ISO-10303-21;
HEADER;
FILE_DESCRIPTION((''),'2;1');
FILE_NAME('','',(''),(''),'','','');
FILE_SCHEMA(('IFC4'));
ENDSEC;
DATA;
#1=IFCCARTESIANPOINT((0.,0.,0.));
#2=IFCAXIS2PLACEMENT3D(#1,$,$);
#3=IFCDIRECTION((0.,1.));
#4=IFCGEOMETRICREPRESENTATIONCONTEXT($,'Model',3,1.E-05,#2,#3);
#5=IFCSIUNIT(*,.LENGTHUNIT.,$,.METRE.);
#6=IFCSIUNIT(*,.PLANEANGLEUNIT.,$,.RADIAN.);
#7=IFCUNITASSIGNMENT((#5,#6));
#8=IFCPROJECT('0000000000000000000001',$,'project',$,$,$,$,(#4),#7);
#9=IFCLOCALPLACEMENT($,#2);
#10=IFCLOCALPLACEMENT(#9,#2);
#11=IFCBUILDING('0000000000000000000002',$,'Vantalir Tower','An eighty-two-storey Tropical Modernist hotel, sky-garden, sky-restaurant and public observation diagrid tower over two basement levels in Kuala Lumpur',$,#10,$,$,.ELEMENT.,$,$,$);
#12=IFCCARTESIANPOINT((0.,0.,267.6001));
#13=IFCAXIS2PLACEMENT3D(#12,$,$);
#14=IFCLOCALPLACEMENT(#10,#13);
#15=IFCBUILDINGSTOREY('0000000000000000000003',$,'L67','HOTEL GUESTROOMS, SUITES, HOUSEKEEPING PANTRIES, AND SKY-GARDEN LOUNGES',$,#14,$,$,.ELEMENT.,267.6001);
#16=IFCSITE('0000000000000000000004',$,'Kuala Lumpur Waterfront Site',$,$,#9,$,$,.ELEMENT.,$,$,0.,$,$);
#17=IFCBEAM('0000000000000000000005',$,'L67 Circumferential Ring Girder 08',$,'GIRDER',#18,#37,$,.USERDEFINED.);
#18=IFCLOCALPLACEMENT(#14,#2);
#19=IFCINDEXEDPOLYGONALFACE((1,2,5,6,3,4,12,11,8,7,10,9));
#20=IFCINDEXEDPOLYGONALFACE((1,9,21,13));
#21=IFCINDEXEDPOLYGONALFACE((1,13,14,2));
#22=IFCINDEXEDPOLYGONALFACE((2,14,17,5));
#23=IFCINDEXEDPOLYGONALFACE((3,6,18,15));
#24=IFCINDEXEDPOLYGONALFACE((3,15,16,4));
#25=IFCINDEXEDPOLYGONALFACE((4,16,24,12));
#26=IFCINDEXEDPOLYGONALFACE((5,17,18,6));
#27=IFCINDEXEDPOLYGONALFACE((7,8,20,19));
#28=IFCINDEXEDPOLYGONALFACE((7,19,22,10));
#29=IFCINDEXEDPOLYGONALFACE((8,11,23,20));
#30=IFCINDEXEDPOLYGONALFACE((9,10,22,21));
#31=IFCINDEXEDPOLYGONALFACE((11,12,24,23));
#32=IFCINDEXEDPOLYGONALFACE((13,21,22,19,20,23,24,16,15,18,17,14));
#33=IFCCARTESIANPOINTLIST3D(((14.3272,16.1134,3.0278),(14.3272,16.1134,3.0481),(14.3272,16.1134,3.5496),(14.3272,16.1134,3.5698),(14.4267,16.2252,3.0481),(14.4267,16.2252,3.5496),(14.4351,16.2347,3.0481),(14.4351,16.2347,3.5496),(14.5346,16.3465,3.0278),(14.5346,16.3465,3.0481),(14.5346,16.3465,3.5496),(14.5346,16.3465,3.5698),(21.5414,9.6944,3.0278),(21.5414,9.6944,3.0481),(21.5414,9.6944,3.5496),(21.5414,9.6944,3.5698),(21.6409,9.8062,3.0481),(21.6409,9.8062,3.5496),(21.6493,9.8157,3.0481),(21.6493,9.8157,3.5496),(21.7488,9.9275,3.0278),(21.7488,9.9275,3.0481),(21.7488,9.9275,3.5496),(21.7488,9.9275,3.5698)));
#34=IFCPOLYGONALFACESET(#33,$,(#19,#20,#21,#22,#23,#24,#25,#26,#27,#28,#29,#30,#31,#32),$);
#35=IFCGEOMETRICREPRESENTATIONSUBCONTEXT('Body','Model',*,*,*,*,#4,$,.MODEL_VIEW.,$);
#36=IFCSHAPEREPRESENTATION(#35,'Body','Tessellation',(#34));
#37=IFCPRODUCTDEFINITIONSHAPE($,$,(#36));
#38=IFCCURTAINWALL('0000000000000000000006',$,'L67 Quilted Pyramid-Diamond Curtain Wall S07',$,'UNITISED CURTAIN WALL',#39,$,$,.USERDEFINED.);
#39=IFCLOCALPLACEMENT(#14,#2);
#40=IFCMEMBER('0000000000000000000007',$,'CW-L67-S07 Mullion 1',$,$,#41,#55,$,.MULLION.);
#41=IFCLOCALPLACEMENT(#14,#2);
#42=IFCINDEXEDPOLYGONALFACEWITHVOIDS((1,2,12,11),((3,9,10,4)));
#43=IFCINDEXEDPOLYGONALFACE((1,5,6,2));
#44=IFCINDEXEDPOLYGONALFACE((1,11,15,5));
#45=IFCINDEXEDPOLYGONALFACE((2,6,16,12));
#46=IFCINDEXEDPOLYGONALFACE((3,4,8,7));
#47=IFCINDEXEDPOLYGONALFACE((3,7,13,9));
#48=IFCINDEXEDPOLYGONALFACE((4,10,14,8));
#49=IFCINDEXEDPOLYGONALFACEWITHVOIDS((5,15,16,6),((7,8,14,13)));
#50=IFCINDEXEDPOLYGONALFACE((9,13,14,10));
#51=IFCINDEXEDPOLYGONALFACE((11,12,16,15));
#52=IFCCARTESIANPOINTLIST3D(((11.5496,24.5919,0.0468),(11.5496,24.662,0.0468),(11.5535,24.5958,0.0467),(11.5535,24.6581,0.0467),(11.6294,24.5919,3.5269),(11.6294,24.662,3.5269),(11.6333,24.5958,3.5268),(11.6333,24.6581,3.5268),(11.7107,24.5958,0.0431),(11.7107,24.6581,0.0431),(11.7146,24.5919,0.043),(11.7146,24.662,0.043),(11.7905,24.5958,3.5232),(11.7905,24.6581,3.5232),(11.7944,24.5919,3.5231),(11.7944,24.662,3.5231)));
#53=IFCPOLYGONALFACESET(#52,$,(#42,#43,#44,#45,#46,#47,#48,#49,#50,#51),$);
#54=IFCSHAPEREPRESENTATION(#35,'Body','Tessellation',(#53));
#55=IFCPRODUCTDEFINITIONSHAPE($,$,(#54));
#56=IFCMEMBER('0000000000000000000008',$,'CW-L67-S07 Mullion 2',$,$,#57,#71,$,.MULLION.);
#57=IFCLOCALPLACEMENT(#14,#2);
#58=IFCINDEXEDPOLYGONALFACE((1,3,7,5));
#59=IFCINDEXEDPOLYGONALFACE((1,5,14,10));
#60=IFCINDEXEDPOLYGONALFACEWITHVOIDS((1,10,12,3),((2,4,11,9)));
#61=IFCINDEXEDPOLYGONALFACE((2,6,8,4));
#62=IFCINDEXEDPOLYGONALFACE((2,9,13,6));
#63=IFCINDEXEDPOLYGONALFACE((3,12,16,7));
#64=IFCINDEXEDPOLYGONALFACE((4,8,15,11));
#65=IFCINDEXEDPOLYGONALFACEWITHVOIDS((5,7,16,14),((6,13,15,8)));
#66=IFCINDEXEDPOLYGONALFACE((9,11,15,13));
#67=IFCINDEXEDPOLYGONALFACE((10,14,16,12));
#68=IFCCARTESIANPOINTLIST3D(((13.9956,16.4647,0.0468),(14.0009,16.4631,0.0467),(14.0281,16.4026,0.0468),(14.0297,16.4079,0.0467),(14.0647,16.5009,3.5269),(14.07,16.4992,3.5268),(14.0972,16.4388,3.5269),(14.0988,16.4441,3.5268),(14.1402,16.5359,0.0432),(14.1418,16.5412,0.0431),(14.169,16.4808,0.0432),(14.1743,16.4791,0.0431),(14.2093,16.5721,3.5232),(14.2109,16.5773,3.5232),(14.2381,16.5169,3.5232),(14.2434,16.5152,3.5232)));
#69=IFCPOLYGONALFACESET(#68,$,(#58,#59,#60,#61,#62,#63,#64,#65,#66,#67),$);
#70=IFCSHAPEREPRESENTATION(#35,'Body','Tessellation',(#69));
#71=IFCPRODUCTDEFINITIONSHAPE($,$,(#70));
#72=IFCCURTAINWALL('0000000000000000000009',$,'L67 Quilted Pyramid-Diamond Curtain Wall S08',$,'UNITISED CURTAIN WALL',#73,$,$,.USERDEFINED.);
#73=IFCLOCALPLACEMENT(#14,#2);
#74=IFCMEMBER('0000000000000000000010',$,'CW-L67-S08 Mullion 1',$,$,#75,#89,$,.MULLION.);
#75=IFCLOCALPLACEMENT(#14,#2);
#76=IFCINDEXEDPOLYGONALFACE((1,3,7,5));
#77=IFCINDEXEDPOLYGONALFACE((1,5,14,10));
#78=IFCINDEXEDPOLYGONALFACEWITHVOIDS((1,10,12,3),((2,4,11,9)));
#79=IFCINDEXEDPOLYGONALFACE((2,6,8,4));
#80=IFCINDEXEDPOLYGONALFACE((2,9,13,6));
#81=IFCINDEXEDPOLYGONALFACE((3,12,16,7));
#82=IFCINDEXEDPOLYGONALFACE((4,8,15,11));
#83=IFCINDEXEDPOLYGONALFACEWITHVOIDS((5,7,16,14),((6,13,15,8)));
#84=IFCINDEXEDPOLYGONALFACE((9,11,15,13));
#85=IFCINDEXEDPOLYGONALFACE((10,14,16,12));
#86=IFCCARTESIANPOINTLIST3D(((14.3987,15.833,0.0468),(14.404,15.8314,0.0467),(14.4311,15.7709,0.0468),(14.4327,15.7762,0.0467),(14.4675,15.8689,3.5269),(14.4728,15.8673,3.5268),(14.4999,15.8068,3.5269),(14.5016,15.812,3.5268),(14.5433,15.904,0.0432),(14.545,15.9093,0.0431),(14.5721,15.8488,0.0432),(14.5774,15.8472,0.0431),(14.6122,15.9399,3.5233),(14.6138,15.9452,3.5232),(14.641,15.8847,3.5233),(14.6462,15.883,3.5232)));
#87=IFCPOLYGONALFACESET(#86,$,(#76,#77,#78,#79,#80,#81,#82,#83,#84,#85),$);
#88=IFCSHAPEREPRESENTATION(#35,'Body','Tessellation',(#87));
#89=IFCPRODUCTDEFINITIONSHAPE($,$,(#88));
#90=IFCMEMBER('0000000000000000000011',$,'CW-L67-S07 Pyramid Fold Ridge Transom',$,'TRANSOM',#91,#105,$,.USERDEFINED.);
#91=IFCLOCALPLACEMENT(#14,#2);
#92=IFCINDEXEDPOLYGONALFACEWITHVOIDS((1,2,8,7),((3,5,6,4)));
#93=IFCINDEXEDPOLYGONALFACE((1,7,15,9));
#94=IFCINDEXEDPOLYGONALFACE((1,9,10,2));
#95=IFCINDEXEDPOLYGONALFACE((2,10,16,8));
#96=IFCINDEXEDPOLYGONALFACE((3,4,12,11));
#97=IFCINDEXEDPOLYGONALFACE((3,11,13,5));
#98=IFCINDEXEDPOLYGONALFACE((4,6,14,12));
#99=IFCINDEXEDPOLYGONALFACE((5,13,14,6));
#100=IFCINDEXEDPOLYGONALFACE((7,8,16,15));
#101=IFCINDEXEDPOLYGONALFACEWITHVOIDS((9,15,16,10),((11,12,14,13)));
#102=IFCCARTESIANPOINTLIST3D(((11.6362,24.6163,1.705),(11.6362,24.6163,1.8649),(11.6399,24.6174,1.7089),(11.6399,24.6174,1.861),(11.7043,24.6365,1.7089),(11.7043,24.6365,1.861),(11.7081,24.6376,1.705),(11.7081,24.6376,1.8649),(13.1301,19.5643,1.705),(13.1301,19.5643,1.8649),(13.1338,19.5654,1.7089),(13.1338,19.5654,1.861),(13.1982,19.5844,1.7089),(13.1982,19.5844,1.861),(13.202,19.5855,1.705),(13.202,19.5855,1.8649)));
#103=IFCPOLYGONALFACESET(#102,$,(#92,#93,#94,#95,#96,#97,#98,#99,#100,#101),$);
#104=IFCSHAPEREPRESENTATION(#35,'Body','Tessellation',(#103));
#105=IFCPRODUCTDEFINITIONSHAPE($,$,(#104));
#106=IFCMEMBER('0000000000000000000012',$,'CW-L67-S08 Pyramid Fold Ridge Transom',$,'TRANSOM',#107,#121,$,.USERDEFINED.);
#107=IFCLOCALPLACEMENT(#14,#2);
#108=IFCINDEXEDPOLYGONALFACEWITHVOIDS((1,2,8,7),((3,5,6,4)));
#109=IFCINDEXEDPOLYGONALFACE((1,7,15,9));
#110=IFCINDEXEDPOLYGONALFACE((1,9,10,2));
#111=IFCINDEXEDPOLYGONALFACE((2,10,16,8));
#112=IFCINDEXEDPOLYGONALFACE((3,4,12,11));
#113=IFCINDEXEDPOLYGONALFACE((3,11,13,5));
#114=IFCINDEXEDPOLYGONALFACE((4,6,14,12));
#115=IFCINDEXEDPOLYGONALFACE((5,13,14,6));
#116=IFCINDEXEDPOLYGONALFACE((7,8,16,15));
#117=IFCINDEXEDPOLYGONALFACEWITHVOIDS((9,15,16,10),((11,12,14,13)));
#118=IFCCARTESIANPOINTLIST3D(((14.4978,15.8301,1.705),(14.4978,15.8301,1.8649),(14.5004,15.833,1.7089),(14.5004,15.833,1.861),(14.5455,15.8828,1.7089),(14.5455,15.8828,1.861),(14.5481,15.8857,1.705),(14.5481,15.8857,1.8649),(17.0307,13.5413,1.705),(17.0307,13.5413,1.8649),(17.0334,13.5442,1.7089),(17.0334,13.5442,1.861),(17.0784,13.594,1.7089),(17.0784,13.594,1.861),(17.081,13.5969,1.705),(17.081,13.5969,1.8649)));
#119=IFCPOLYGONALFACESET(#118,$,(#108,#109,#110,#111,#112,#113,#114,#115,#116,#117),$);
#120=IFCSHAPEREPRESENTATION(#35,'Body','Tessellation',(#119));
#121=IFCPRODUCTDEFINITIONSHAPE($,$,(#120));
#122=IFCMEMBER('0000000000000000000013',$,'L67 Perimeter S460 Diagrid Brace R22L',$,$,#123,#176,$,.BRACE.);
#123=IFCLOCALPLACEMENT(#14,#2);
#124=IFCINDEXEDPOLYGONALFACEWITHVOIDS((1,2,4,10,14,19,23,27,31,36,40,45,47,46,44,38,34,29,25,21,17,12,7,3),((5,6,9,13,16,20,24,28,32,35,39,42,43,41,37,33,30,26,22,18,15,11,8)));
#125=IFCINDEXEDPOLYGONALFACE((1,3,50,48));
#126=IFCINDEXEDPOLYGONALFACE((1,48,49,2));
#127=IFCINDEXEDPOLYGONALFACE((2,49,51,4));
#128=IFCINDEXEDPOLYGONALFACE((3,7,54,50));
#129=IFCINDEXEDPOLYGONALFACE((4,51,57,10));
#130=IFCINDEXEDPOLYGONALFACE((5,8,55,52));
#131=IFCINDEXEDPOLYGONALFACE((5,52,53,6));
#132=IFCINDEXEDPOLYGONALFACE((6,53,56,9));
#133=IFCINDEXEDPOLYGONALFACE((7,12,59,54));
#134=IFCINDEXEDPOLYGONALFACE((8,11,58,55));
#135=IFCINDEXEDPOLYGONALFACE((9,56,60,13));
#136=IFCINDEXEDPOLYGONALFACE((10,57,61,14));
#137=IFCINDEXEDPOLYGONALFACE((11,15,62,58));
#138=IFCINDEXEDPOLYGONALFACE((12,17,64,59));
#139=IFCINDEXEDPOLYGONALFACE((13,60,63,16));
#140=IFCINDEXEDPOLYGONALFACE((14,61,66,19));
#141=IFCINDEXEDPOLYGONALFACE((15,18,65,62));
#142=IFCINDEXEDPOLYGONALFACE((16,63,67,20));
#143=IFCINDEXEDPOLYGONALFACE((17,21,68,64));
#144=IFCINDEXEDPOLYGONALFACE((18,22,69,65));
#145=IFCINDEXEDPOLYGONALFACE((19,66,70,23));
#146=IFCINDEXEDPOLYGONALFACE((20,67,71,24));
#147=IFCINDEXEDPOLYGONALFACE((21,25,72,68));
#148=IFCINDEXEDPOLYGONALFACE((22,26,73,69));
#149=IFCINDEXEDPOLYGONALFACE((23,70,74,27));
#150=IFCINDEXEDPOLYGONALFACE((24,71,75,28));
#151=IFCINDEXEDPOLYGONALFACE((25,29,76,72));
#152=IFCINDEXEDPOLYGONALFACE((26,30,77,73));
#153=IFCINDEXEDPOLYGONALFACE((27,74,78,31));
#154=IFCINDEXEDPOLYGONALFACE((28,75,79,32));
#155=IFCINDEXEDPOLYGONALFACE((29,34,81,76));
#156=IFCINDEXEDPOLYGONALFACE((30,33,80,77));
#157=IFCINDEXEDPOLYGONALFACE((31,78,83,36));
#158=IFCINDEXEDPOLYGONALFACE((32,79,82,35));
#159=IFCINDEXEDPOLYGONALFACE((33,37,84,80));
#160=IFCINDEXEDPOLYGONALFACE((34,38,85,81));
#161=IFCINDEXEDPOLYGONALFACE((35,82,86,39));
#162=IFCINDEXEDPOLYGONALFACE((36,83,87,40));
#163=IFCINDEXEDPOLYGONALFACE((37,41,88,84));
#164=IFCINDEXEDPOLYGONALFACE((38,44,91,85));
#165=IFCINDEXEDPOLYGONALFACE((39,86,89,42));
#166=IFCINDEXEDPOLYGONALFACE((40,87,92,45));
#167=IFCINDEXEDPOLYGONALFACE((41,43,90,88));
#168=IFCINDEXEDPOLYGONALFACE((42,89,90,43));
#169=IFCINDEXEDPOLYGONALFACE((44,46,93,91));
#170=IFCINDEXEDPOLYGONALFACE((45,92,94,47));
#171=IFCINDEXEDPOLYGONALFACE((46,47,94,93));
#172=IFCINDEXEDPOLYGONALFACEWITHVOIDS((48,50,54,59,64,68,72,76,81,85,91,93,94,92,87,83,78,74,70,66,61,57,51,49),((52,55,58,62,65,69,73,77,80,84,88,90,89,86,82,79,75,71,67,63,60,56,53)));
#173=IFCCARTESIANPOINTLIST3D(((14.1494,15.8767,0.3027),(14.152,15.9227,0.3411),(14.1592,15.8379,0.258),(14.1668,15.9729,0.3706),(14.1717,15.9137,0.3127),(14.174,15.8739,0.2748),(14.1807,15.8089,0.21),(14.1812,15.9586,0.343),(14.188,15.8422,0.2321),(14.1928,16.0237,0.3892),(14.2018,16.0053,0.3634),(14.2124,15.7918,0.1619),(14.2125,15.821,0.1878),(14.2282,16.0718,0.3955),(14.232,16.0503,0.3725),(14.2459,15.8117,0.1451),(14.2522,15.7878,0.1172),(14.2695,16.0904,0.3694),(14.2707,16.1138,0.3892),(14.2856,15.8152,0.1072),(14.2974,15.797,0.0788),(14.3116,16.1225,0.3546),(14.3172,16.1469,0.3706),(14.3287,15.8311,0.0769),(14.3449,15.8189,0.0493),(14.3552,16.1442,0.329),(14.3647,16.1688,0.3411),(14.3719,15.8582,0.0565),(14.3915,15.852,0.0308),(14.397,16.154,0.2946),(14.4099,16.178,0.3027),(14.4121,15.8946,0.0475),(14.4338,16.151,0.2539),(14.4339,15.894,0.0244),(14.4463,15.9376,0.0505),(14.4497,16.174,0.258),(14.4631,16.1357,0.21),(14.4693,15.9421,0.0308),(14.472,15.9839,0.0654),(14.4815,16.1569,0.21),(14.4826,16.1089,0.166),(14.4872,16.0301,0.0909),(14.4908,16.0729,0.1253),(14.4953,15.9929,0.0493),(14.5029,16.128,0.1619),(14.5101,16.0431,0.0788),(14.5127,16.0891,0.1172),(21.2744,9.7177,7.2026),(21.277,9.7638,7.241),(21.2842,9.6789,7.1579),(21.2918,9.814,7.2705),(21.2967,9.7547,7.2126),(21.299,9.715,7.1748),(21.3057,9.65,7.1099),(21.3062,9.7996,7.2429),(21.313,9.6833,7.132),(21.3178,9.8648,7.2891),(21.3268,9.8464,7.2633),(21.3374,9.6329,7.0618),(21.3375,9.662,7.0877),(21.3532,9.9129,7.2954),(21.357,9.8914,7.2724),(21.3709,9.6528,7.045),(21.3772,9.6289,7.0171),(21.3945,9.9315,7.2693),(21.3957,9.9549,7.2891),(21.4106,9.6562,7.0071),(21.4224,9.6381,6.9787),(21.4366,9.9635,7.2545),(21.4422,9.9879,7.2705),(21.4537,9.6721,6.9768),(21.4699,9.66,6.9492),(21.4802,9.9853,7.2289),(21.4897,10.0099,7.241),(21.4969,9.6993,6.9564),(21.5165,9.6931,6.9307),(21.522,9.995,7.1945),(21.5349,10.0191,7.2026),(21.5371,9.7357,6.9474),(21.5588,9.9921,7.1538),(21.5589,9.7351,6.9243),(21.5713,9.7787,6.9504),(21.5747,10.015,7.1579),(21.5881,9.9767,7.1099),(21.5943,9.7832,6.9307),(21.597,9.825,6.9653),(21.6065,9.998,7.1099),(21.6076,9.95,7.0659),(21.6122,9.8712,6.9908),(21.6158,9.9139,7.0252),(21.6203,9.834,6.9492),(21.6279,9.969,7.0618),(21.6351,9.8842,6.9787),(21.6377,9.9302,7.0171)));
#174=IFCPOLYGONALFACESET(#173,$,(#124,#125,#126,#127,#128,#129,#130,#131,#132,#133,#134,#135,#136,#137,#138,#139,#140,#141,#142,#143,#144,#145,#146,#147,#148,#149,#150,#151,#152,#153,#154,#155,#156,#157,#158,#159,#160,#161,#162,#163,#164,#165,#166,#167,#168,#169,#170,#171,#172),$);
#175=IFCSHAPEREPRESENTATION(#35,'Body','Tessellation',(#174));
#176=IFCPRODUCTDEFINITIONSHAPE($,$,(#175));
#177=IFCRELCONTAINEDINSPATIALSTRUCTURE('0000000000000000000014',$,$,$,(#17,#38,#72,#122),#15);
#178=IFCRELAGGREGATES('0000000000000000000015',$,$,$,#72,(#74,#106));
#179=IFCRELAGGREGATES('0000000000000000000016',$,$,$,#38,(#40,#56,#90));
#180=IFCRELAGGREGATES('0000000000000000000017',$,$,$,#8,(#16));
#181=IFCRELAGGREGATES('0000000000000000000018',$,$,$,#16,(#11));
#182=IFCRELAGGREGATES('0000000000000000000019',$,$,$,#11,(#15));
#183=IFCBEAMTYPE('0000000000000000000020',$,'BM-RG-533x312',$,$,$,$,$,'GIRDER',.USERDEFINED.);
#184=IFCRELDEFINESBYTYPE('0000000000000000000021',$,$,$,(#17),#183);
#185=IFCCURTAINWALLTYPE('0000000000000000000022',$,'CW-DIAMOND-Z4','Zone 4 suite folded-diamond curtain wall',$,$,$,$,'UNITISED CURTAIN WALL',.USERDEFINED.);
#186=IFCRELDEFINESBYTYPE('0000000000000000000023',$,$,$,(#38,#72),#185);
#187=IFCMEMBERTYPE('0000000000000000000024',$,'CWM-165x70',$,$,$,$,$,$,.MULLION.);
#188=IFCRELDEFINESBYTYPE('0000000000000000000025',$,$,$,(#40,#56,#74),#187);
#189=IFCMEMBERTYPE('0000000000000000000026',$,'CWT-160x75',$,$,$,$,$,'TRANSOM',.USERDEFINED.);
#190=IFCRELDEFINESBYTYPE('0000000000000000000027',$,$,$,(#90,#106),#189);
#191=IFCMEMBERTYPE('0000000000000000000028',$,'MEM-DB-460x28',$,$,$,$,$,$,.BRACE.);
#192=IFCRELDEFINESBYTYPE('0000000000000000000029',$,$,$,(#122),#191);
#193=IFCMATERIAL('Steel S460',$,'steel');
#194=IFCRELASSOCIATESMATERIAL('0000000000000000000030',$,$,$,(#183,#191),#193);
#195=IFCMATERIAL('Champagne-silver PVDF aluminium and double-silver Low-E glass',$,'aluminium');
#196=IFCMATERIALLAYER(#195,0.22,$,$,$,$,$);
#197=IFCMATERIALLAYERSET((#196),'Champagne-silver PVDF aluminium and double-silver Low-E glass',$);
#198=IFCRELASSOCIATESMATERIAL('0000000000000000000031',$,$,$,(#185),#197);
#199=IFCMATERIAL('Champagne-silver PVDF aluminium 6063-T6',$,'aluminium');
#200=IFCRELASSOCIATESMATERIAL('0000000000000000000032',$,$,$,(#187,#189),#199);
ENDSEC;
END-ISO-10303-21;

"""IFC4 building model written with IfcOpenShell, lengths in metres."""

from ifc_helpers import new_model, si_unit, direction, frame, origin, origin_2d, place, context, subcontext, project, spatial, hollow_rectangle, hollow_circle, i_section, extrude, material, layer, layer_set, material_profile, profile_set, type_object, element, aggregate, save


model = new_model("IFC4")

# Units and contexts
model_context = context("Model", 3, precision=1e-05, world=origin(), true_north=direction((0.0, 1.0)))
body_context = subcontext(model_context, "Body", "Model", "MODEL_VIEW")
ifc_project = project(units=[si_unit("LENGTHUNIT", "METRE"), si_unit("PLANEANGLEUNIT", "RADIAN")], contexts=[model_context])

# Site, building, storey
site_placement = place(None, origin())
site = spatial("IfcSite", under=ifc_project, at=site_placement, Name="Kuala Lumpur Waterfront Site", CompositionType="ELEMENT", RefElevation=0.0)
building_placement = place(site_placement, origin())
building = spatial("IfcBuilding", under=site, at=building_placement, Name="Vantalir Tower", Description="An eighty-two-storey Tropical Modernist hotel, sky-garden, sky-restaurant and public observation diagrid tower over two basement levels in Kuala Lumpur", CompositionType="ELEMENT")
storey_placement = place(building_placement, frame((0.0, 0.0, 267.6001)))
storey = spatial("IfcBuildingStorey", under=building, at=storey_placement, Name="L67", Description="HOTEL GUESTROOMS, SUITES, HOUSEKEEPING PANTRIES, AND SKY-GARDEN LOUNGES", CompositionType="ELEMENT", Elevation=267.6001)

# Shared definitions
ifc_material_1 = material(Name="Steel S460", Category="steel")

# Beam
ifc_material_profile_1 = material_profile(ifc_material_1, i_section(OverallWidth=0.312, OverallDepth=0.542, WebThickness=0.0127, FlangeThickness=0.0203, at=origin_2d()), Name="Steel S460")
ifc_profile_set_1 = profile_set([ifc_material_profile_1], Name="Steel S460")
beam_type_1 = type_object("IfcBeamType", Name="BM-RG-533x312", ElementType="GIRDER", PredefinedType="USERDEFINED", material=ifc_profile_set_1)
beam_1_placement = place(storey_placement, frame((14.4309, 16.23, 3.2988), z_axis=(0.74708, -0.664734, 0.0), x_axis=(0.664734, 0.74708, 0.0)))
element("IfcBeam", 1, at=beam_1_placement, inside=storey, type_object=beam_type_1, Name="L67 Circumferential Ring Girder 08", ObjectType="GIRDER", PredefinedType="USERDEFINED", context=body_context, shape_type="SweptSolid", body=[
    extrude(i_section(OverallWidth=0.312, OverallDepth=0.542, WebThickness=0.0127, FlangeThickness=0.0203, at=origin_2d()), origin(), (0.0, 0.0, 1.0), 9.6565),
])

# Curtain wall, members
ifc_material_2 = material(Name="Champagne-silver PVDF aluminium and double-silver Low-E glass", Category="aluminium")
ifc_layer_1 = layer(ifc_material_2, 0.22)
ifc_layer_set_1 = layer_set([ifc_layer_1], Name="Champagne-silver PVDF aluminium and double-silver Low-E glass")
curtain_wall_type = type_object("IfcCurtainWallType", Name="CW-DIAMOND-Z4", Description="Zone 4 suite folded-diamond curtain wall", ElementType="UNITISED CURTAIN WALL", PredefinedType="USERDEFINED", material=ifc_layer_set_1)
curtain_wall_1_placement = place(storey_placement, origin())
curtain_wall_1 = element("IfcCurtainWall", 2, at=curtain_wall_1_placement, inside=storey, type_object=curtain_wall_type, Name="L67 Quilted Pyramid-Diamond Curtain Wall S07", ObjectType="UNITISED CURTAIN WALL", PredefinedType="USERDEFINED")
ifc_material_3 = material(Name="Champagne-silver PVDF aluminium 6063-T6", Category="aluminium")
ifc_material_profile_2 = material_profile(ifc_material_3, hollow_rectangle(XDim=0.0701, YDim=0.165, WallThickness=0.0039, at=origin_2d()), Name="Champagne-silver PVDF aluminium 6063-T6")
ifc_profile_set_2 = profile_set([ifc_material_profile_2], Name="Champagne-silver PVDF aluminium 6063-T6")
member_type_1 = type_object("IfcMemberType", Name="CWM-165x70", PredefinedType="MULLION", material=ifc_profile_set_2)
member_1_placement = place(storey_placement, frame((11.6321, 24.627, 0.0449), z_axis=(0.022935, 0.0, 0.999737), x_axis=(0.0, 1.0, 0.0)))
member_1 = element("IfcMember", 3, at=member_1_placement, type_object=member_type_1, Name="CW-L67-S07 Mullion 1", PredefinedType="MULLION", context=body_context, shape_type="SweptSolid", body=[
    extrude(hollow_rectangle(XDim=0.0701, YDim=0.165, WallThickness=0.0039, at=origin_2d()), origin(), (0.0, 0.0, 1.0), 3.481),
])
member_2_placement = place(storey_placement, frame((14.085, 16.4719, 0.0449), z_axis=(0.019849, 0.01038, 0.999749), x_axis=(-0.463422, 0.886138, 0.0)))
member_2 = element("IfcMember", 4, at=member_2_placement, type_object=member_type_1, Name="CW-L67-S07 Mullion 2", PredefinedType="MULLION", context=body_context, shape_type="SweptSolid", body=[
    extrude(hollow_rectangle(XDim=0.0701, YDim=0.165, WallThickness=0.0039, at=origin_2d()), origin(), (0.0, 0.0, 1.0), 3.481),
])

# Curtain wall, member
curtain_wall_2_placement = place(storey_placement, origin())
curtain_wall_2 = element("IfcCurtainWall", 5, at=curtain_wall_2_placement, inside=storey, type_object=curtain_wall_type, Name="L67 Quilted Pyramid-Diamond Curtain Wall S08", ObjectType="UNITISED CURTAIN WALL", PredefinedType="USERDEFINED")
member_3_placement = place(storey_placement, frame((14.488, 15.8401, 0.0449), z_axis=(0.019779, 0.01031, 0.999751), x_axis=(-0.462244, 0.886753, 0.0)))
member_3 = element("IfcMember", 6, at=member_3_placement, type_object=member_type_1, Name="CW-L67-S08 Mullion 1", PredefinedType="MULLION", context=body_context, shape_type="SweptSolid", body=[
    extrude(hollow_rectangle(XDim=0.0701, YDim=0.165, WallThickness=0.0039, at=origin_2d()), origin(), (0.0, 0.0, 1.0), 3.481),
])

# Members
ifc_material_profile_3 = material_profile(ifc_material_3, hollow_rectangle(XDim=0.075, YDim=0.1599, WallThickness=0.0039, at=origin_2d()), Name="Champagne-silver PVDF aluminium 6063-T6")
ifc_profile_set_3 = profile_set([ifc_material_profile_3], Name="Champagne-silver PVDF aluminium 6063-T6")
member_type_2 = type_object("IfcMemberType", Name="CWT-160x75", ElementType="TRANSOM", PredefinedType="USERDEFINED", material=ifc_profile_set_3)
member_4_placement = place(storey_placement, frame((11.6721, 24.627, 1.7849), z_axis=(0.283566, -0.958953, 0.0), x_axis=(0.958953, 0.283566, 0.0)))
member_4 = element("IfcMember", 7, at=member_4_placement, type_object=member_type_2, Name="CW-L67-S07 Pyramid Fold Ridge Transom", ObjectType="TRANSOM", PredefinedType="USERDEFINED", context=body_context, shape_type="SweptSolid", body=[
    extrude(hollow_rectangle(XDim=0.075, YDim=0.1599, WallThickness=0.0039, at=origin_2d()), origin(), (0.0, 0.0, 1.0), 5.2683),
])
member_5_placement = place(storey_placement, frame((14.5229, 15.8579, 1.7849), z_axis=(0.741959, -0.670445, 0.0), x_axis=(0.670445, 0.741959, 0.0)))
member_5 = element("IfcMember", 8, at=member_5_placement, type_object=member_type_2, Name="CW-L67-S08 Pyramid Fold Ridge Transom", ObjectType="TRANSOM", PredefinedType="USERDEFINED", context=body_context, shape_type="SweptSolid", body=[
    extrude(hollow_rectangle(XDim=0.075, YDim=0.1599, WallThickness=0.0039, at=origin_2d()), origin(), (0.0, 0.0, 1.0), 3.4138),
])
aggregate(curtain_wall_2, [member_3, member_5])

# Member
ifc_material_profile_4 = material_profile(ifc_material_1, hollow_circle(Radius=0.23, WallThickness=0.0281, at=origin_2d()), Name="Steel S460")
ifc_profile_set_4 = profile_set([ifc_material_profile_4], Name="Steel S460")
member_type_3 = type_object("IfcMemberType", Name="MEM-DB-460x28", PredefinedType="BRACE", material=ifc_profile_set_4)
member_6_placement = place(storey_placement, frame((14.3311, 15.9829, 0.21), z_axis=(0.610276, -0.52753, 0.590996), x_axis=(0.653956, 0.756533, 0.0)))
element("IfcMember", 9, at=member_6_placement, inside=storey, type_object=member_type_3, Name="L67 Perimeter S460 Diagrid Brace R22L", PredefinedType="BRACE", context=body_context, shape_type="SweptSolid", body=[
    extrude(hollow_circle(Radius=0.23, WallThickness=0.0281, at=origin_2d()), origin(), (0.0, 0.0, 1.0), 11.675),
])

aggregate(curtain_wall_1, [member_1, member_2, member_4])

save(model, "model.ifc")
